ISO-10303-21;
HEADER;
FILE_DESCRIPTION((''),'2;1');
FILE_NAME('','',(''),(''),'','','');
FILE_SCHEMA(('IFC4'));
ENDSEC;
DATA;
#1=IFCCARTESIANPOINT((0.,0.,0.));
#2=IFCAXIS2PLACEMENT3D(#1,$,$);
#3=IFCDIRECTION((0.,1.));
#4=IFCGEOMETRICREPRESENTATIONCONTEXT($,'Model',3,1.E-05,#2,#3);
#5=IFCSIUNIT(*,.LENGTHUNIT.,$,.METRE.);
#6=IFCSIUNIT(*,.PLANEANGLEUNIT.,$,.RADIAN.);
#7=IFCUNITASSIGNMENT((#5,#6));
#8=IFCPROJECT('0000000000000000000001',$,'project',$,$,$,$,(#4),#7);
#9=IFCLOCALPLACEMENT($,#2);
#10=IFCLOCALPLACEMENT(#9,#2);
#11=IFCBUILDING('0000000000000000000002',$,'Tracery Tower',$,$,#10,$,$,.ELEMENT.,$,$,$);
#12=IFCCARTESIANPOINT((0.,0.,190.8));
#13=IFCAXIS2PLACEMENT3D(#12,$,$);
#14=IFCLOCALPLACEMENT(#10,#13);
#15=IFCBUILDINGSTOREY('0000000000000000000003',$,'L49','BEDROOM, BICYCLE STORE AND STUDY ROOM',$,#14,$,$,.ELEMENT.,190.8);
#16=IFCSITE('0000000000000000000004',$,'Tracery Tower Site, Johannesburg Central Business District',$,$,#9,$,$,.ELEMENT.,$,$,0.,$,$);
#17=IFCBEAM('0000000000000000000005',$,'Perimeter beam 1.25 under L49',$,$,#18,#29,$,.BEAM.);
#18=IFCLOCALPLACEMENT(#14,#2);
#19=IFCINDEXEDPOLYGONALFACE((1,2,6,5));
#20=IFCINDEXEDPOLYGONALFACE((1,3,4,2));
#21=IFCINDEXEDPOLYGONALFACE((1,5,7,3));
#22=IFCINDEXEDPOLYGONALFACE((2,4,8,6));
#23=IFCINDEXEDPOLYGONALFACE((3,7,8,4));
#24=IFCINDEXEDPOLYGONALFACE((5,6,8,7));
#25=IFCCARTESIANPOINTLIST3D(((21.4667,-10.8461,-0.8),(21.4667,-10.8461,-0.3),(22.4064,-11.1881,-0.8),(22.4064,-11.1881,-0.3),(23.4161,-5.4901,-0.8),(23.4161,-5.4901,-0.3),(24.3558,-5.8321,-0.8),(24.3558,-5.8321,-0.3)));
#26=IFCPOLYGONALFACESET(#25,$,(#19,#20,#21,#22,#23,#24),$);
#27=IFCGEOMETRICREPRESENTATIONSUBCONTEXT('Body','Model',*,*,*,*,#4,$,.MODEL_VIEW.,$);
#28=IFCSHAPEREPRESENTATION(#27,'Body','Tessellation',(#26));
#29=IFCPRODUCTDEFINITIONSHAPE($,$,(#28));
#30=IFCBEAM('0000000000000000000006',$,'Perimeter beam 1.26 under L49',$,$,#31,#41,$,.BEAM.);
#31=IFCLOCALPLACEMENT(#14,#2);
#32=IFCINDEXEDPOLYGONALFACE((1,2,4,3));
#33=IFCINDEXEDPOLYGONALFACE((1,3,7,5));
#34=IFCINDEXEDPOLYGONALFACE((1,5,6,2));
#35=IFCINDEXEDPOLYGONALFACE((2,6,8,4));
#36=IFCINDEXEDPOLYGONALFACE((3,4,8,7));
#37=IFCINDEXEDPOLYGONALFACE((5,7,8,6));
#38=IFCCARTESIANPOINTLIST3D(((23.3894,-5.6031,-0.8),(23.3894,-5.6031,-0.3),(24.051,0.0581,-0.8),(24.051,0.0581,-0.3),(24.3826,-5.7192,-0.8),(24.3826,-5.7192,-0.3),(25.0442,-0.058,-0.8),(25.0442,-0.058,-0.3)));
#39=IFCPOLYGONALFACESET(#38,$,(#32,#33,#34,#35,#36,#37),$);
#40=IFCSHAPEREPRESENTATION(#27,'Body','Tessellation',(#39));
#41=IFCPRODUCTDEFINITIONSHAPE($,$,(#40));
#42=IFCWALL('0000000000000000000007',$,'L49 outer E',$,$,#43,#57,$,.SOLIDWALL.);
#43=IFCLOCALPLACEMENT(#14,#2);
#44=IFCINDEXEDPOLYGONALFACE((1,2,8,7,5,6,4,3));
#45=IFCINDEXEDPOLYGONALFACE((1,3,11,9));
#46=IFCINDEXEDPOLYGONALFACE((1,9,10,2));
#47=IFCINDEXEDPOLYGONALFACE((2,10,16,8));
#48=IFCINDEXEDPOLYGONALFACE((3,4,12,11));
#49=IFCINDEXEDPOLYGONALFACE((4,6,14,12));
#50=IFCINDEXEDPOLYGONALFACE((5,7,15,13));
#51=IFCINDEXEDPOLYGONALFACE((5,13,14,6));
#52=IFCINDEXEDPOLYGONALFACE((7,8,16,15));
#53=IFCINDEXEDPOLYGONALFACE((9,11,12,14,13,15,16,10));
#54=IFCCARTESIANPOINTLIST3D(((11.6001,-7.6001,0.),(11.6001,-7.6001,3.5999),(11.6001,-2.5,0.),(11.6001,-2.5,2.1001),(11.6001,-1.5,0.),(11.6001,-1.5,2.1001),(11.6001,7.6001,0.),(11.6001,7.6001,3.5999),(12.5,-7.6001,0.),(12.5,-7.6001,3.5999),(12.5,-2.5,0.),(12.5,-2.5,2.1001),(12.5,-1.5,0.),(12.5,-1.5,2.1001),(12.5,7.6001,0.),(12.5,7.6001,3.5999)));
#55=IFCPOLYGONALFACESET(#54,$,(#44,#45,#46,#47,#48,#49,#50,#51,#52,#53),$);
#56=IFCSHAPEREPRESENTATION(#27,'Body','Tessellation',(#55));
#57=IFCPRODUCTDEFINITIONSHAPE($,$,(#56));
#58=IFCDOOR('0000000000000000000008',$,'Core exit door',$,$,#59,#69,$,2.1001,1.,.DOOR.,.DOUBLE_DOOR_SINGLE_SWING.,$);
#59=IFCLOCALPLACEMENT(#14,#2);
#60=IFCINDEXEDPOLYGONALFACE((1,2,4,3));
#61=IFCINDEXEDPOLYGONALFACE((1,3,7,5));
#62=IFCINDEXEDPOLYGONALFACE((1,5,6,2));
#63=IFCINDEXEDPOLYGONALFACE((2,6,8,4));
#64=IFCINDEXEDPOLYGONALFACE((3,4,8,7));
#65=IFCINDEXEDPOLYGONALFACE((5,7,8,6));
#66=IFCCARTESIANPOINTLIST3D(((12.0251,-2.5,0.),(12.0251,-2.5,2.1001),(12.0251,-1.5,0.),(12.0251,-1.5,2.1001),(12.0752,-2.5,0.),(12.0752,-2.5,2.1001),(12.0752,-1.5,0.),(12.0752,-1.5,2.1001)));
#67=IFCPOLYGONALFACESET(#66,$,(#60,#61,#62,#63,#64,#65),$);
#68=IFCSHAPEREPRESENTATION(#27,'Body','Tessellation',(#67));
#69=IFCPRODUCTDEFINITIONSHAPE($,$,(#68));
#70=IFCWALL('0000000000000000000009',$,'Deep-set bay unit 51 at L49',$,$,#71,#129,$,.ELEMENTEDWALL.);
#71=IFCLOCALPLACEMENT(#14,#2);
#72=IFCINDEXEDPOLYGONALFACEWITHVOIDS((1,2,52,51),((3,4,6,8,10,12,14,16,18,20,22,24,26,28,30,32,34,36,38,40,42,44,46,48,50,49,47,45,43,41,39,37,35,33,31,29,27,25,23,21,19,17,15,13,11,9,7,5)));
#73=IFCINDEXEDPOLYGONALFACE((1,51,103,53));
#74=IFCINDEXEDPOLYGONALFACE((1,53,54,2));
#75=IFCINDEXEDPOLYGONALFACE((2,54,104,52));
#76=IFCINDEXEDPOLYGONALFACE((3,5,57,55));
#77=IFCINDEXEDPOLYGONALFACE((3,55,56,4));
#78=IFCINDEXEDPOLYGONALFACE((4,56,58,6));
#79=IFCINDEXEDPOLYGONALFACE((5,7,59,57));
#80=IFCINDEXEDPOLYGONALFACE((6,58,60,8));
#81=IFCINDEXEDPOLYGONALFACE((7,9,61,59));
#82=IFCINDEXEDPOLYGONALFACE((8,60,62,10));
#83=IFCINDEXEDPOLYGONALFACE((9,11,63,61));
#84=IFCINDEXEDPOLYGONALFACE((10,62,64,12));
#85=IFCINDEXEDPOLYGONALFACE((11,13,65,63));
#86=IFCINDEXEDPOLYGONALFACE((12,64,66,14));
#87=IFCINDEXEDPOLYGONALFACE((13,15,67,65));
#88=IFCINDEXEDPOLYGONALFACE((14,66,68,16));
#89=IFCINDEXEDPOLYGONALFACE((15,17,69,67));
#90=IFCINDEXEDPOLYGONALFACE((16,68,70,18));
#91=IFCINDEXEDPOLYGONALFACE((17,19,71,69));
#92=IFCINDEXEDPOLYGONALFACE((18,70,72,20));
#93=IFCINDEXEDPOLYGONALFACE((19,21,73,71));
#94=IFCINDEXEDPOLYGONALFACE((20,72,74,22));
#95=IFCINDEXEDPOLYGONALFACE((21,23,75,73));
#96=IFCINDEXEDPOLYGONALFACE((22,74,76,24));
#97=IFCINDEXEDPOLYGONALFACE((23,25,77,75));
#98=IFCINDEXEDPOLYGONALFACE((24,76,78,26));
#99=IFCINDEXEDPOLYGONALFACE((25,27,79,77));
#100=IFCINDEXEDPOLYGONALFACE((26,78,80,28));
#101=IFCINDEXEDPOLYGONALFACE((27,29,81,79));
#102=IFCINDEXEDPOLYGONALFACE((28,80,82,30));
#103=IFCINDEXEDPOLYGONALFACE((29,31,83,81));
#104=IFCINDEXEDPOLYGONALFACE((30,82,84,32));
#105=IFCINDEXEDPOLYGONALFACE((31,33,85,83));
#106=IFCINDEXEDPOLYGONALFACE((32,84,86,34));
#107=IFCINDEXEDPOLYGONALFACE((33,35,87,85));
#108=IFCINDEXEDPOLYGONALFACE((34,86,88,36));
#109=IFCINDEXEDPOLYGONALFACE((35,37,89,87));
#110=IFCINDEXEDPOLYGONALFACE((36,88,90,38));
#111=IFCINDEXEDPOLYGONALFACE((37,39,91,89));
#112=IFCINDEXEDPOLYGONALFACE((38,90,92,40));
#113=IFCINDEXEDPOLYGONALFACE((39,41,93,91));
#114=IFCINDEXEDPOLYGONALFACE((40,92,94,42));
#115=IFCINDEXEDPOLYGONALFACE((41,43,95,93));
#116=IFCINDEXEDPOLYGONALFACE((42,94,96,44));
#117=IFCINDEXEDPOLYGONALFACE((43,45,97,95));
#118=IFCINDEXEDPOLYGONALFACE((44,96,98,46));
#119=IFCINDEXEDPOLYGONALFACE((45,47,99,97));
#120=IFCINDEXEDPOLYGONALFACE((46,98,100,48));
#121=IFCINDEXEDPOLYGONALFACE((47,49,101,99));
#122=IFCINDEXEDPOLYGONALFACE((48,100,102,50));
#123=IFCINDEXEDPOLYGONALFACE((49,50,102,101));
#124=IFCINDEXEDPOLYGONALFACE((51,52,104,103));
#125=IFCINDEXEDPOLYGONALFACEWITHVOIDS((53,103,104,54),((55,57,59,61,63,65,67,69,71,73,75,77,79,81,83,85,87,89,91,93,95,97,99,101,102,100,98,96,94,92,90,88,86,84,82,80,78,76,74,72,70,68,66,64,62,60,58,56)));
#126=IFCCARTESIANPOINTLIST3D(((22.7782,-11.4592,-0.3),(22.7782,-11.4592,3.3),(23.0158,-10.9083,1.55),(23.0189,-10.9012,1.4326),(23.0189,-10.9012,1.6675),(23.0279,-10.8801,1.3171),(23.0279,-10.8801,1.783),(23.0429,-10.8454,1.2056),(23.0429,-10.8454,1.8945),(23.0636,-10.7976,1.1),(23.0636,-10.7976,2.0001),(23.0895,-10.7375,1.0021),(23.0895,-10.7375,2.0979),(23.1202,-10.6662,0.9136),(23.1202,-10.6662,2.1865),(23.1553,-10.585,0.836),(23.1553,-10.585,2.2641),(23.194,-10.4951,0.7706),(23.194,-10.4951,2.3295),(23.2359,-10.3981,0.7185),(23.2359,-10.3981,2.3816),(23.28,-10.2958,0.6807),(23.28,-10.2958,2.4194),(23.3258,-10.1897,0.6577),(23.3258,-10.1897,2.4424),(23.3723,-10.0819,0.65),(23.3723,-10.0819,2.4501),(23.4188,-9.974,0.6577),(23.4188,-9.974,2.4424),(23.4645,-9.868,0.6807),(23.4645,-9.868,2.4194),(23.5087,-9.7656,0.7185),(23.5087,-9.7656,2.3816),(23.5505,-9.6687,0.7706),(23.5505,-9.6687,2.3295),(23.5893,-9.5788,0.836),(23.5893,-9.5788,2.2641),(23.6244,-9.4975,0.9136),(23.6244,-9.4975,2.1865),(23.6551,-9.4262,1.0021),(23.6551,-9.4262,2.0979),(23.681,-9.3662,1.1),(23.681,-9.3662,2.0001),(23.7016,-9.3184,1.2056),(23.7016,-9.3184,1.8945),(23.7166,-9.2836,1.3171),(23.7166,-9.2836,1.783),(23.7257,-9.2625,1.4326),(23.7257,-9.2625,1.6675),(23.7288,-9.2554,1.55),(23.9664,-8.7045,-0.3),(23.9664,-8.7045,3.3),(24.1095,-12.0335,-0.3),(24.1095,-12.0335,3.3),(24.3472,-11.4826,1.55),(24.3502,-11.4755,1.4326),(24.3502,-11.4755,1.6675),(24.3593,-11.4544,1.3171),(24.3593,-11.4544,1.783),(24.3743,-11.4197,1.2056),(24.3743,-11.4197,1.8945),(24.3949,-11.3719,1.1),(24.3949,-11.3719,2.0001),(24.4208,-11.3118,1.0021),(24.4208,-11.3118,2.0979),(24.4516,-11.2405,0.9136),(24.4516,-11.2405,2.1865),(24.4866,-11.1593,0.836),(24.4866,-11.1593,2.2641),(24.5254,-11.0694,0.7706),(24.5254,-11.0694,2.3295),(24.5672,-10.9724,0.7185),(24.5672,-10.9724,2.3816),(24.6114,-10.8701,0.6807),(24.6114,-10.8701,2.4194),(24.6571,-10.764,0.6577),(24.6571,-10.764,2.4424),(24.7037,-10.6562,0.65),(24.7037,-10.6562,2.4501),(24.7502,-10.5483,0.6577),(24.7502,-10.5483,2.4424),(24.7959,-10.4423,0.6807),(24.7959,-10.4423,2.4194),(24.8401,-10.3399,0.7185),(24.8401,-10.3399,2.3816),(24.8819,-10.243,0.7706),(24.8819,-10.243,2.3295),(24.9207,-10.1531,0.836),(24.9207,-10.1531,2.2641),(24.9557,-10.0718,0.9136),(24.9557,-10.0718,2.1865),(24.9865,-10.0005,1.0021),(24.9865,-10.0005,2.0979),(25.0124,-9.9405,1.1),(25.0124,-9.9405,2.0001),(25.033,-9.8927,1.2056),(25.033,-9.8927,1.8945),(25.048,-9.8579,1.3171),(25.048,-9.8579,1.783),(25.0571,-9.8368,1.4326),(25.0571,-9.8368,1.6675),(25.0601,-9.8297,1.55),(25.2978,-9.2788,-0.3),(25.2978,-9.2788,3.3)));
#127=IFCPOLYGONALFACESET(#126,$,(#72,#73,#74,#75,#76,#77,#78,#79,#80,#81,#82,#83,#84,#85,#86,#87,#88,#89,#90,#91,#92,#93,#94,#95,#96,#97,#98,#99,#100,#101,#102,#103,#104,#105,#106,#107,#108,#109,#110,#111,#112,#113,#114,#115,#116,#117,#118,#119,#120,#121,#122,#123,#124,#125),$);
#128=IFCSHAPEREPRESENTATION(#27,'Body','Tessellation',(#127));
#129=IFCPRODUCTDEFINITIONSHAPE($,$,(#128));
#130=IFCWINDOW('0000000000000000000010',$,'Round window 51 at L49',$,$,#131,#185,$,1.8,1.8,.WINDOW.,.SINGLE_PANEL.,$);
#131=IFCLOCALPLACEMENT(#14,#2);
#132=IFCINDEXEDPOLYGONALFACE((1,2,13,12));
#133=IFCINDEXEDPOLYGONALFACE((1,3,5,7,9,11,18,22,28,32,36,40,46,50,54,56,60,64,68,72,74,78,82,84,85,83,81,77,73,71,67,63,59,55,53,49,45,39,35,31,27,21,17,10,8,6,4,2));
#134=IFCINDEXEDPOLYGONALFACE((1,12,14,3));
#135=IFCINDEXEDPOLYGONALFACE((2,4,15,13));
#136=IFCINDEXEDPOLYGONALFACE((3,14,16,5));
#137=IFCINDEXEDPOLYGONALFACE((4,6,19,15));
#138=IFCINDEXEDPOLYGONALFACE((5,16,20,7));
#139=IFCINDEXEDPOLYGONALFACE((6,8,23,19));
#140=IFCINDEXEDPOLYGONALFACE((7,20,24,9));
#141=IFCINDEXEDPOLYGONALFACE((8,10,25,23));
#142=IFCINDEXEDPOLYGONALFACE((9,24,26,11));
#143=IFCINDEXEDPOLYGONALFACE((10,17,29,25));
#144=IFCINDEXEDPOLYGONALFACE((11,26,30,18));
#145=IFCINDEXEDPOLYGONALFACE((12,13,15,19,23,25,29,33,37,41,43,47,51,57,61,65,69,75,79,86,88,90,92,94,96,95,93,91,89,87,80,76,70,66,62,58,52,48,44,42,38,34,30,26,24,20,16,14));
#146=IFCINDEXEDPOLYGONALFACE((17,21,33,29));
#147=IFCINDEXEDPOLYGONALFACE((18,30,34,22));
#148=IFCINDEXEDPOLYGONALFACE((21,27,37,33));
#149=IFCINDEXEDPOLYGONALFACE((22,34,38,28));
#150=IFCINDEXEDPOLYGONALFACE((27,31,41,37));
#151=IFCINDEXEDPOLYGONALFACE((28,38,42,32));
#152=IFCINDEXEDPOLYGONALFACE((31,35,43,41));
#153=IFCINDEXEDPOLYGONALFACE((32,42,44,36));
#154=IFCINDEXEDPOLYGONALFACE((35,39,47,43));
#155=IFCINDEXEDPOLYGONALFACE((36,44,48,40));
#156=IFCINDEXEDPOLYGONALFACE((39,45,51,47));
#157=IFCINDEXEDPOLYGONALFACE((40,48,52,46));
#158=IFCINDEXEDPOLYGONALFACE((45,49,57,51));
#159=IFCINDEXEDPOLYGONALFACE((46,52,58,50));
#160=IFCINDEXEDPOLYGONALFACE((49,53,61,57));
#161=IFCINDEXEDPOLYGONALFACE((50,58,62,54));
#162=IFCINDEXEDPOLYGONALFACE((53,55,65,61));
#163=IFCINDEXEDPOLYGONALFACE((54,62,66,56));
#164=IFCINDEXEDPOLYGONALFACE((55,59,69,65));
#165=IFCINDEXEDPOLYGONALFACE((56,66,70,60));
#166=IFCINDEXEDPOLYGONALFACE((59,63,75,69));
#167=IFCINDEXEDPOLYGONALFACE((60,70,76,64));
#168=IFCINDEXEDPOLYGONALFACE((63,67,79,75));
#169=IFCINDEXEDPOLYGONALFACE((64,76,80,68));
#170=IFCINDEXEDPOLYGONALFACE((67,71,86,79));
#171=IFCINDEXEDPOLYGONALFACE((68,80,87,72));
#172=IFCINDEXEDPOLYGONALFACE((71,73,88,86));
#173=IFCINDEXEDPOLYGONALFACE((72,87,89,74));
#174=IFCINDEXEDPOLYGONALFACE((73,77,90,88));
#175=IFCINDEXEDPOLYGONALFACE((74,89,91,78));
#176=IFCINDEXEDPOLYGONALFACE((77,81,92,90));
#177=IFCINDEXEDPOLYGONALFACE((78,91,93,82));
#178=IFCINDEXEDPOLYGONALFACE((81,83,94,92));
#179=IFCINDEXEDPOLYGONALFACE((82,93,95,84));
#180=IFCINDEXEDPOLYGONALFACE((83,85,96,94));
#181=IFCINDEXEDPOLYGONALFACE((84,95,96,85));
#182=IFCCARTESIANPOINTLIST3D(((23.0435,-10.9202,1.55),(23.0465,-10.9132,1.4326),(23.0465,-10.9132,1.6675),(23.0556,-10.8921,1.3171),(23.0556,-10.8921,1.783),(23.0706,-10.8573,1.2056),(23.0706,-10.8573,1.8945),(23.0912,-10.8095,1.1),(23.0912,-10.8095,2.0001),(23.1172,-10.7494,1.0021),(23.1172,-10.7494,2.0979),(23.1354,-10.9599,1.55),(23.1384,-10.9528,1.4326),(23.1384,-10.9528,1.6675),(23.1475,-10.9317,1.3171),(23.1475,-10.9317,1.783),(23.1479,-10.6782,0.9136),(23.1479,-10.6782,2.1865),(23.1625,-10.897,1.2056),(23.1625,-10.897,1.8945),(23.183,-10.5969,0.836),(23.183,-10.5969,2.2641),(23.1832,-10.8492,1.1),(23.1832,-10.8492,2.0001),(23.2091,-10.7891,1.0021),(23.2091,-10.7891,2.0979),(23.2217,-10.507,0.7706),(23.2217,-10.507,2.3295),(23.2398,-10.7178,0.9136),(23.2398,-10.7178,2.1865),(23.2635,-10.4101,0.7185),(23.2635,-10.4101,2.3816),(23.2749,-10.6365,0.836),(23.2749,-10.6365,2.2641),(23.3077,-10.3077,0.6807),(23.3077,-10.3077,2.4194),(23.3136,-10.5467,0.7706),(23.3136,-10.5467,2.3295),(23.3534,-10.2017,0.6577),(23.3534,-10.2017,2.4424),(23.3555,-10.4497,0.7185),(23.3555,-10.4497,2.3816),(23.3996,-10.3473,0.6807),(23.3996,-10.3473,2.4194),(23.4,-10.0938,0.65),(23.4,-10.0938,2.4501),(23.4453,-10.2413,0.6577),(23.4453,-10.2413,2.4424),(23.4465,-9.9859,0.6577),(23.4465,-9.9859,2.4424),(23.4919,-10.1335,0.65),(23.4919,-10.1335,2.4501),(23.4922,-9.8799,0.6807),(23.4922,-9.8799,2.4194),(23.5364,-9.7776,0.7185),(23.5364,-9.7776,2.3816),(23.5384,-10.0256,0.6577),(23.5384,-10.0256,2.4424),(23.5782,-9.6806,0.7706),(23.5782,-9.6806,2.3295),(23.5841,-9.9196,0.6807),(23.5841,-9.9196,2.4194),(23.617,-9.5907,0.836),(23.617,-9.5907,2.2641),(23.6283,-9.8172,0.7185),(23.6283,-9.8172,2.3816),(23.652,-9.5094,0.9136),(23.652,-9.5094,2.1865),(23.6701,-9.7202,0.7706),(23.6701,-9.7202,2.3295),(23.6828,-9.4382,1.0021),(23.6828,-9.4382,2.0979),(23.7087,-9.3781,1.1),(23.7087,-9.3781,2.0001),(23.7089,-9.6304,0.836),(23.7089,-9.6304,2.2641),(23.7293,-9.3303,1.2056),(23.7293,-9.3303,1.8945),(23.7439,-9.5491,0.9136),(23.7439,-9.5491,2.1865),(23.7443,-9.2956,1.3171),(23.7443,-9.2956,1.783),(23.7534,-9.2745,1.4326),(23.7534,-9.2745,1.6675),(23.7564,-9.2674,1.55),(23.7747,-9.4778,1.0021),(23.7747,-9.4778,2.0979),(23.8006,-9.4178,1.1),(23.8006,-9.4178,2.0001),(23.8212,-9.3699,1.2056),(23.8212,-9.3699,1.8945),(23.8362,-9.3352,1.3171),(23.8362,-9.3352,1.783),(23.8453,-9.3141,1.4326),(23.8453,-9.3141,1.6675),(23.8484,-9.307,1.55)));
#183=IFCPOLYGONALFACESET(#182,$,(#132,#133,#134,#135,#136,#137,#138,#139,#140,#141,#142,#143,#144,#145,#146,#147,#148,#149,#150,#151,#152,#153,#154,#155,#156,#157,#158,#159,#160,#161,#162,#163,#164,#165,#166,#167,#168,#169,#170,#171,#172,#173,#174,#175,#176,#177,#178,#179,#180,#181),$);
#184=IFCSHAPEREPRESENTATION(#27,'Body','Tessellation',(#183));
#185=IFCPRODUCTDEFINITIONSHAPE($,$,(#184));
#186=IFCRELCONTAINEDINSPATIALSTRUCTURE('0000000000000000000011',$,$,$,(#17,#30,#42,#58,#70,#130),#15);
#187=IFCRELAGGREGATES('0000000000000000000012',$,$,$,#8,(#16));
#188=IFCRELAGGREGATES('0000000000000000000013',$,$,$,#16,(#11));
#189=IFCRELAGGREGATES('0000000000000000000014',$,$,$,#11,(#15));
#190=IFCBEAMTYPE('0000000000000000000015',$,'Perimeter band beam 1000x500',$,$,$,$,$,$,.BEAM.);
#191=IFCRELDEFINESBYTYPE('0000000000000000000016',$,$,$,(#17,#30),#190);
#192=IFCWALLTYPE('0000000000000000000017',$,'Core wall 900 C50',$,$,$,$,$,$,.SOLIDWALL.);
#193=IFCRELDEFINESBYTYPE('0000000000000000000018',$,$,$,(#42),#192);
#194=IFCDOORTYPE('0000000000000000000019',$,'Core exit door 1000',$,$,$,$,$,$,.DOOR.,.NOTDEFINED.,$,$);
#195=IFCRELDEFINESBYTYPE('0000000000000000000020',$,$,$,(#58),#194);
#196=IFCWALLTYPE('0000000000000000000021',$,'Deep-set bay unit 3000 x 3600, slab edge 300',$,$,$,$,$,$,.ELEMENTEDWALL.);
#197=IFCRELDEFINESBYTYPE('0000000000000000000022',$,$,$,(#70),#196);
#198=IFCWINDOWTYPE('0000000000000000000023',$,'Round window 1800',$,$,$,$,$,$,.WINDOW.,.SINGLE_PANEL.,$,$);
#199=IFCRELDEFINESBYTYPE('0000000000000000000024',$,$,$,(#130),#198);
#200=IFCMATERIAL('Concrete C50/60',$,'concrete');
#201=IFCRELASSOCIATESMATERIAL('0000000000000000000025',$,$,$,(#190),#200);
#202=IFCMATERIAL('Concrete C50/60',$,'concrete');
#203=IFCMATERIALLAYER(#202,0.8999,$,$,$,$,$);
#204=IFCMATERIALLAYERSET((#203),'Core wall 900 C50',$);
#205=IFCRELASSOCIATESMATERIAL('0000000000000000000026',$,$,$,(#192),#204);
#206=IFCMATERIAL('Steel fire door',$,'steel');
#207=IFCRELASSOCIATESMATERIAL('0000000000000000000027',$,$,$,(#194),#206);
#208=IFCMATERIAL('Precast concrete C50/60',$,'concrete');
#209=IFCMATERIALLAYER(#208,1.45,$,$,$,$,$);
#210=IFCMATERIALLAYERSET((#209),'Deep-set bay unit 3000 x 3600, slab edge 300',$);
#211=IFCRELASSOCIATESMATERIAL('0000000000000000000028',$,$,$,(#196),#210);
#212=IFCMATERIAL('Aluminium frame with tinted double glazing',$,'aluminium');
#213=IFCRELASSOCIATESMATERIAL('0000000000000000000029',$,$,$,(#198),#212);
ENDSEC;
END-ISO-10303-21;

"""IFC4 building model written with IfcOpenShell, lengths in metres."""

from ifc_helpers import new_model, si_unit, direction, frame, frame_2d, origin, origin_2d, place, context, subcontext, project, spatial, rectangle, circle, extrude, material, layer, layer_set, material_profile, profile_set, type_object, element, fill, save


model = new_model("IFC4")

# Units and contexts
model_context = context("Model", 3, precision=1e-05, world=origin(), true_north=direction((0.0, 1.0)))
body_context = subcontext(model_context, "Body", "Model", "MODEL_VIEW")
ifc_project = project(units=[si_unit("LENGTHUNIT", "METRE"), si_unit("PLANEANGLEUNIT", "RADIAN")], contexts=[model_context])

# Site, building, storey
site_placement = place(None, origin())
site = spatial("IfcSite", under=ifc_project, at=site_placement, Name="Tracery Tower Site, Johannesburg Central Business District", CompositionType="ELEMENT", RefElevation=0.0)
building_placement = place(site_placement, origin())
building = spatial("IfcBuilding", under=site, at=building_placement, Name="Tracery Tower", CompositionType="ELEMENT")
storey_placement = place(building_placement, frame((0.0, 0.0, 190.8)))
storey = spatial("IfcBuildingStorey", under=building, at=storey_placement, Name="L49", Description="BEDROOM, BICYCLE STORE AND STUDY ROOM", CompositionType="ELEMENT", Elevation=190.8)

# Beams
ifc_material_1 = material(Name="Concrete C50/60", Category="concrete")
ifc_material_profile_1 = material_profile(ifc_material_1, rectangle(XDim=1.0, YDim=0.5, at=origin_2d()), Name="RC 1000x500")
ifc_profile_set_1 = profile_set([ifc_material_profile_1], Name="Concrete C50/60")
beam_type = type_object("IfcBeamType", Name="Perimeter band beam 1000x500", PredefinedType="BEAM", material=ifc_profile_set_1)
for number, where, z_axis, x_axis, name in (
    (1, (21.9365, -11.0171, -0.55), (0.342029, 0.93969, 0.0), (-0.93969, 0.342029, 0.0), "Perimeter beam 1.25 under L49"),
    (2, (23.886, -5.6611, -0.55), (0.116081, 0.99324, 0.0), (-0.99324, 0.116081, 0.0), "Perimeter beam 1.26 under L49"),
):
    element("IfcBeam", number, at=place(storey_placement, frame(where, z_axis=z_axis, x_axis=x_axis)), inside=storey, type_object=beam_type, Name=name, PredefinedType="BEAM", context=body_context, shape_type="SweptSolid", body=[
        extrude(rectangle(XDim=1.0, YDim=0.5, at=origin_2d()), origin(), (0.0, 0.0, 1.0), 5.6997),
    ])

# Wall, opening, door
ifc_material_2 = material(Name="Concrete C50/60", Category="concrete")
ifc_layer_1 = layer(ifc_material_2, 0.8999)
ifc_layer_set_1 = layer_set([ifc_layer_1], Name="Core wall 900 C50")
wall_type_1 = type_object("IfcWallType", Name="Core wall 900 C50", PredefinedType="SOLIDWALL", material=ifc_layer_set_1)
wall_1_placement = place(storey_placement, frame((12.05, -7.6001, 0.0), z_axis=(0.0, 0.0, 1.0), x_axis=(0.0, 1.0, 0.0)))
wall_1 = element("IfcWall", 3, at=wall_1_placement, inside=storey, type_object=wall_type_1, Name="L49 outer E", PredefinedType="SOLIDWALL", context=body_context, shape_type="SweptSolid", body=[
    extrude(rectangle(XDim=15.2002, YDim=0.8999, at=frame_2d((7.6001, 0.0))), origin(), (0.0, 0.0, 1.0), 3.5999),
])
opening_1_placement = place(wall_1_placement, frame((5.1001, 0.0, 0.0)))
opening_1 = element("IfcOpeningElement", 4, at=opening_1_placement, cuts=wall_1, PredefinedType="OPENING", context=body_context, shape_type="SweptSolid", body=[
    extrude(rectangle(XDim=1.0, YDim=2.1001, at=frame_2d((0.5, 1.05))), frame((0.0, 0.45, 0.0), z_axis=(0.0, -1.0, 0.0), x_axis=(1.0, 0.0, 0.0)), (0.0, 0.0, 1.0), 0.8999),
])
ifc_material_3 = material(Name="Steel fire door", Category="steel")
door_type_1 = type_object("IfcDoorType", Name="Core exit door 1000", OperationType="NOTDEFINED", PredefinedType="DOOR", material=ifc_material_3)
door_1_placement = place(opening_1_placement, origin())
door_1 = element("IfcDoor", 5, at=door_1_placement, inside=storey, type_object=door_type_1, Name="Core exit door", OperationType="DOUBLE_DOOR_SINGLE_SWING", OverallHeight=2.1001, OverallWidth=1.0, PredefinedType="DOOR", context=body_context, shape_type="SweptSolid", body=[
    extrude(rectangle(XDim=1.0, YDim=2.1001, at=frame_2d((0.5, 1.05))), frame((0.0, 0.0249, 0.0), z_axis=(0.0, -1.0, 0.0), x_axis=(1.0, 0.0, 0.0)), (0.0, 0.0, 1.0), 0.05),
])
fill(opening_1, door_1)

# Wall, opening, window
ifc_material_4 = material(Name="Precast concrete C50/60", Category="concrete")
ifc_layer_2 = layer(ifc_material_4, 1.45)
ifc_layer_set_2 = layer_set([ifc_layer_2], Name="Deep-set bay unit 3000 x 3600, slab edge 300")
wall_type_2 = type_object("IfcWallType", Name="Deep-set bay unit 3000 x 3600, slab edge 300", PredefinedType="ELEMENTEDWALL", material=ifc_layer_set_2)
wall_2_placement = place(storey_placement, frame((23.4438, -11.7463, -0.3), z_axis=(0.0, 0.0, 1.0), x_axis=(0.396079, 0.918216, 0.0)))
wall_2 = element("IfcWall", 6, at=wall_2_placement, inside=storey, type_object=wall_type_2, Name="Deep-set bay unit 51 at L49", PredefinedType="ELEMENTEDWALL", context=body_context, shape_type="SweptSolid", body=[
    extrude(rectangle(XDim=3.0, YDim=1.45, at=frame_2d((1.5, 0.0))), origin(), (0.0, 0.0, 1.0), 3.6001),
])
opening_2_placement = place(wall_2_placement, frame((1.5, 0.0, 1.8501)))
opening_2 = element("IfcOpeningElement", 7, at=opening_2_placement, cuts=wall_2, PredefinedType="OPENING", context=body_context, shape_type="SweptSolid", body=[
    extrude(circle(Radius=0.9, at=origin_2d()), frame((0.0, 0.7349, 0.0), z_axis=(0.0, -1.0, 0.0), x_axis=(1.0, 0.0, 0.0)), (0.0, 0.0, 1.0), 1.47),
])
ifc_material_5 = material(Name="Aluminium frame with tinted double glazing", Category="aluminium")
window_type = type_object("IfcWindowType", Name="Round window 1800", PartitioningType="SINGLE_PANEL", PredefinedType="WINDOW", material=ifc_material_5)
window_1_placement = place(opening_2_placement, origin())
window_1 = element("IfcWindow", 8, at=window_1_placement, inside=storey, type_object=window_type, Name="Round window 51 at L49", OverallHeight=1.8, OverallWidth=1.8, PartitioningType="SINGLE_PANEL", PredefinedType="WINDOW", context=body_context, shape_type="SweptSolid", body=[
    extrude(circle(Radius=0.9, at=origin_2d()), frame((0.0, 0.6948, 0.0), z_axis=(0.0, -1.0, 0.0), x_axis=(1.0, 0.0, 0.0)), (0.0, 0.0, 1.0), 0.1001),
])
fill(opening_2, window_1)

save(model, "model.ifc")
